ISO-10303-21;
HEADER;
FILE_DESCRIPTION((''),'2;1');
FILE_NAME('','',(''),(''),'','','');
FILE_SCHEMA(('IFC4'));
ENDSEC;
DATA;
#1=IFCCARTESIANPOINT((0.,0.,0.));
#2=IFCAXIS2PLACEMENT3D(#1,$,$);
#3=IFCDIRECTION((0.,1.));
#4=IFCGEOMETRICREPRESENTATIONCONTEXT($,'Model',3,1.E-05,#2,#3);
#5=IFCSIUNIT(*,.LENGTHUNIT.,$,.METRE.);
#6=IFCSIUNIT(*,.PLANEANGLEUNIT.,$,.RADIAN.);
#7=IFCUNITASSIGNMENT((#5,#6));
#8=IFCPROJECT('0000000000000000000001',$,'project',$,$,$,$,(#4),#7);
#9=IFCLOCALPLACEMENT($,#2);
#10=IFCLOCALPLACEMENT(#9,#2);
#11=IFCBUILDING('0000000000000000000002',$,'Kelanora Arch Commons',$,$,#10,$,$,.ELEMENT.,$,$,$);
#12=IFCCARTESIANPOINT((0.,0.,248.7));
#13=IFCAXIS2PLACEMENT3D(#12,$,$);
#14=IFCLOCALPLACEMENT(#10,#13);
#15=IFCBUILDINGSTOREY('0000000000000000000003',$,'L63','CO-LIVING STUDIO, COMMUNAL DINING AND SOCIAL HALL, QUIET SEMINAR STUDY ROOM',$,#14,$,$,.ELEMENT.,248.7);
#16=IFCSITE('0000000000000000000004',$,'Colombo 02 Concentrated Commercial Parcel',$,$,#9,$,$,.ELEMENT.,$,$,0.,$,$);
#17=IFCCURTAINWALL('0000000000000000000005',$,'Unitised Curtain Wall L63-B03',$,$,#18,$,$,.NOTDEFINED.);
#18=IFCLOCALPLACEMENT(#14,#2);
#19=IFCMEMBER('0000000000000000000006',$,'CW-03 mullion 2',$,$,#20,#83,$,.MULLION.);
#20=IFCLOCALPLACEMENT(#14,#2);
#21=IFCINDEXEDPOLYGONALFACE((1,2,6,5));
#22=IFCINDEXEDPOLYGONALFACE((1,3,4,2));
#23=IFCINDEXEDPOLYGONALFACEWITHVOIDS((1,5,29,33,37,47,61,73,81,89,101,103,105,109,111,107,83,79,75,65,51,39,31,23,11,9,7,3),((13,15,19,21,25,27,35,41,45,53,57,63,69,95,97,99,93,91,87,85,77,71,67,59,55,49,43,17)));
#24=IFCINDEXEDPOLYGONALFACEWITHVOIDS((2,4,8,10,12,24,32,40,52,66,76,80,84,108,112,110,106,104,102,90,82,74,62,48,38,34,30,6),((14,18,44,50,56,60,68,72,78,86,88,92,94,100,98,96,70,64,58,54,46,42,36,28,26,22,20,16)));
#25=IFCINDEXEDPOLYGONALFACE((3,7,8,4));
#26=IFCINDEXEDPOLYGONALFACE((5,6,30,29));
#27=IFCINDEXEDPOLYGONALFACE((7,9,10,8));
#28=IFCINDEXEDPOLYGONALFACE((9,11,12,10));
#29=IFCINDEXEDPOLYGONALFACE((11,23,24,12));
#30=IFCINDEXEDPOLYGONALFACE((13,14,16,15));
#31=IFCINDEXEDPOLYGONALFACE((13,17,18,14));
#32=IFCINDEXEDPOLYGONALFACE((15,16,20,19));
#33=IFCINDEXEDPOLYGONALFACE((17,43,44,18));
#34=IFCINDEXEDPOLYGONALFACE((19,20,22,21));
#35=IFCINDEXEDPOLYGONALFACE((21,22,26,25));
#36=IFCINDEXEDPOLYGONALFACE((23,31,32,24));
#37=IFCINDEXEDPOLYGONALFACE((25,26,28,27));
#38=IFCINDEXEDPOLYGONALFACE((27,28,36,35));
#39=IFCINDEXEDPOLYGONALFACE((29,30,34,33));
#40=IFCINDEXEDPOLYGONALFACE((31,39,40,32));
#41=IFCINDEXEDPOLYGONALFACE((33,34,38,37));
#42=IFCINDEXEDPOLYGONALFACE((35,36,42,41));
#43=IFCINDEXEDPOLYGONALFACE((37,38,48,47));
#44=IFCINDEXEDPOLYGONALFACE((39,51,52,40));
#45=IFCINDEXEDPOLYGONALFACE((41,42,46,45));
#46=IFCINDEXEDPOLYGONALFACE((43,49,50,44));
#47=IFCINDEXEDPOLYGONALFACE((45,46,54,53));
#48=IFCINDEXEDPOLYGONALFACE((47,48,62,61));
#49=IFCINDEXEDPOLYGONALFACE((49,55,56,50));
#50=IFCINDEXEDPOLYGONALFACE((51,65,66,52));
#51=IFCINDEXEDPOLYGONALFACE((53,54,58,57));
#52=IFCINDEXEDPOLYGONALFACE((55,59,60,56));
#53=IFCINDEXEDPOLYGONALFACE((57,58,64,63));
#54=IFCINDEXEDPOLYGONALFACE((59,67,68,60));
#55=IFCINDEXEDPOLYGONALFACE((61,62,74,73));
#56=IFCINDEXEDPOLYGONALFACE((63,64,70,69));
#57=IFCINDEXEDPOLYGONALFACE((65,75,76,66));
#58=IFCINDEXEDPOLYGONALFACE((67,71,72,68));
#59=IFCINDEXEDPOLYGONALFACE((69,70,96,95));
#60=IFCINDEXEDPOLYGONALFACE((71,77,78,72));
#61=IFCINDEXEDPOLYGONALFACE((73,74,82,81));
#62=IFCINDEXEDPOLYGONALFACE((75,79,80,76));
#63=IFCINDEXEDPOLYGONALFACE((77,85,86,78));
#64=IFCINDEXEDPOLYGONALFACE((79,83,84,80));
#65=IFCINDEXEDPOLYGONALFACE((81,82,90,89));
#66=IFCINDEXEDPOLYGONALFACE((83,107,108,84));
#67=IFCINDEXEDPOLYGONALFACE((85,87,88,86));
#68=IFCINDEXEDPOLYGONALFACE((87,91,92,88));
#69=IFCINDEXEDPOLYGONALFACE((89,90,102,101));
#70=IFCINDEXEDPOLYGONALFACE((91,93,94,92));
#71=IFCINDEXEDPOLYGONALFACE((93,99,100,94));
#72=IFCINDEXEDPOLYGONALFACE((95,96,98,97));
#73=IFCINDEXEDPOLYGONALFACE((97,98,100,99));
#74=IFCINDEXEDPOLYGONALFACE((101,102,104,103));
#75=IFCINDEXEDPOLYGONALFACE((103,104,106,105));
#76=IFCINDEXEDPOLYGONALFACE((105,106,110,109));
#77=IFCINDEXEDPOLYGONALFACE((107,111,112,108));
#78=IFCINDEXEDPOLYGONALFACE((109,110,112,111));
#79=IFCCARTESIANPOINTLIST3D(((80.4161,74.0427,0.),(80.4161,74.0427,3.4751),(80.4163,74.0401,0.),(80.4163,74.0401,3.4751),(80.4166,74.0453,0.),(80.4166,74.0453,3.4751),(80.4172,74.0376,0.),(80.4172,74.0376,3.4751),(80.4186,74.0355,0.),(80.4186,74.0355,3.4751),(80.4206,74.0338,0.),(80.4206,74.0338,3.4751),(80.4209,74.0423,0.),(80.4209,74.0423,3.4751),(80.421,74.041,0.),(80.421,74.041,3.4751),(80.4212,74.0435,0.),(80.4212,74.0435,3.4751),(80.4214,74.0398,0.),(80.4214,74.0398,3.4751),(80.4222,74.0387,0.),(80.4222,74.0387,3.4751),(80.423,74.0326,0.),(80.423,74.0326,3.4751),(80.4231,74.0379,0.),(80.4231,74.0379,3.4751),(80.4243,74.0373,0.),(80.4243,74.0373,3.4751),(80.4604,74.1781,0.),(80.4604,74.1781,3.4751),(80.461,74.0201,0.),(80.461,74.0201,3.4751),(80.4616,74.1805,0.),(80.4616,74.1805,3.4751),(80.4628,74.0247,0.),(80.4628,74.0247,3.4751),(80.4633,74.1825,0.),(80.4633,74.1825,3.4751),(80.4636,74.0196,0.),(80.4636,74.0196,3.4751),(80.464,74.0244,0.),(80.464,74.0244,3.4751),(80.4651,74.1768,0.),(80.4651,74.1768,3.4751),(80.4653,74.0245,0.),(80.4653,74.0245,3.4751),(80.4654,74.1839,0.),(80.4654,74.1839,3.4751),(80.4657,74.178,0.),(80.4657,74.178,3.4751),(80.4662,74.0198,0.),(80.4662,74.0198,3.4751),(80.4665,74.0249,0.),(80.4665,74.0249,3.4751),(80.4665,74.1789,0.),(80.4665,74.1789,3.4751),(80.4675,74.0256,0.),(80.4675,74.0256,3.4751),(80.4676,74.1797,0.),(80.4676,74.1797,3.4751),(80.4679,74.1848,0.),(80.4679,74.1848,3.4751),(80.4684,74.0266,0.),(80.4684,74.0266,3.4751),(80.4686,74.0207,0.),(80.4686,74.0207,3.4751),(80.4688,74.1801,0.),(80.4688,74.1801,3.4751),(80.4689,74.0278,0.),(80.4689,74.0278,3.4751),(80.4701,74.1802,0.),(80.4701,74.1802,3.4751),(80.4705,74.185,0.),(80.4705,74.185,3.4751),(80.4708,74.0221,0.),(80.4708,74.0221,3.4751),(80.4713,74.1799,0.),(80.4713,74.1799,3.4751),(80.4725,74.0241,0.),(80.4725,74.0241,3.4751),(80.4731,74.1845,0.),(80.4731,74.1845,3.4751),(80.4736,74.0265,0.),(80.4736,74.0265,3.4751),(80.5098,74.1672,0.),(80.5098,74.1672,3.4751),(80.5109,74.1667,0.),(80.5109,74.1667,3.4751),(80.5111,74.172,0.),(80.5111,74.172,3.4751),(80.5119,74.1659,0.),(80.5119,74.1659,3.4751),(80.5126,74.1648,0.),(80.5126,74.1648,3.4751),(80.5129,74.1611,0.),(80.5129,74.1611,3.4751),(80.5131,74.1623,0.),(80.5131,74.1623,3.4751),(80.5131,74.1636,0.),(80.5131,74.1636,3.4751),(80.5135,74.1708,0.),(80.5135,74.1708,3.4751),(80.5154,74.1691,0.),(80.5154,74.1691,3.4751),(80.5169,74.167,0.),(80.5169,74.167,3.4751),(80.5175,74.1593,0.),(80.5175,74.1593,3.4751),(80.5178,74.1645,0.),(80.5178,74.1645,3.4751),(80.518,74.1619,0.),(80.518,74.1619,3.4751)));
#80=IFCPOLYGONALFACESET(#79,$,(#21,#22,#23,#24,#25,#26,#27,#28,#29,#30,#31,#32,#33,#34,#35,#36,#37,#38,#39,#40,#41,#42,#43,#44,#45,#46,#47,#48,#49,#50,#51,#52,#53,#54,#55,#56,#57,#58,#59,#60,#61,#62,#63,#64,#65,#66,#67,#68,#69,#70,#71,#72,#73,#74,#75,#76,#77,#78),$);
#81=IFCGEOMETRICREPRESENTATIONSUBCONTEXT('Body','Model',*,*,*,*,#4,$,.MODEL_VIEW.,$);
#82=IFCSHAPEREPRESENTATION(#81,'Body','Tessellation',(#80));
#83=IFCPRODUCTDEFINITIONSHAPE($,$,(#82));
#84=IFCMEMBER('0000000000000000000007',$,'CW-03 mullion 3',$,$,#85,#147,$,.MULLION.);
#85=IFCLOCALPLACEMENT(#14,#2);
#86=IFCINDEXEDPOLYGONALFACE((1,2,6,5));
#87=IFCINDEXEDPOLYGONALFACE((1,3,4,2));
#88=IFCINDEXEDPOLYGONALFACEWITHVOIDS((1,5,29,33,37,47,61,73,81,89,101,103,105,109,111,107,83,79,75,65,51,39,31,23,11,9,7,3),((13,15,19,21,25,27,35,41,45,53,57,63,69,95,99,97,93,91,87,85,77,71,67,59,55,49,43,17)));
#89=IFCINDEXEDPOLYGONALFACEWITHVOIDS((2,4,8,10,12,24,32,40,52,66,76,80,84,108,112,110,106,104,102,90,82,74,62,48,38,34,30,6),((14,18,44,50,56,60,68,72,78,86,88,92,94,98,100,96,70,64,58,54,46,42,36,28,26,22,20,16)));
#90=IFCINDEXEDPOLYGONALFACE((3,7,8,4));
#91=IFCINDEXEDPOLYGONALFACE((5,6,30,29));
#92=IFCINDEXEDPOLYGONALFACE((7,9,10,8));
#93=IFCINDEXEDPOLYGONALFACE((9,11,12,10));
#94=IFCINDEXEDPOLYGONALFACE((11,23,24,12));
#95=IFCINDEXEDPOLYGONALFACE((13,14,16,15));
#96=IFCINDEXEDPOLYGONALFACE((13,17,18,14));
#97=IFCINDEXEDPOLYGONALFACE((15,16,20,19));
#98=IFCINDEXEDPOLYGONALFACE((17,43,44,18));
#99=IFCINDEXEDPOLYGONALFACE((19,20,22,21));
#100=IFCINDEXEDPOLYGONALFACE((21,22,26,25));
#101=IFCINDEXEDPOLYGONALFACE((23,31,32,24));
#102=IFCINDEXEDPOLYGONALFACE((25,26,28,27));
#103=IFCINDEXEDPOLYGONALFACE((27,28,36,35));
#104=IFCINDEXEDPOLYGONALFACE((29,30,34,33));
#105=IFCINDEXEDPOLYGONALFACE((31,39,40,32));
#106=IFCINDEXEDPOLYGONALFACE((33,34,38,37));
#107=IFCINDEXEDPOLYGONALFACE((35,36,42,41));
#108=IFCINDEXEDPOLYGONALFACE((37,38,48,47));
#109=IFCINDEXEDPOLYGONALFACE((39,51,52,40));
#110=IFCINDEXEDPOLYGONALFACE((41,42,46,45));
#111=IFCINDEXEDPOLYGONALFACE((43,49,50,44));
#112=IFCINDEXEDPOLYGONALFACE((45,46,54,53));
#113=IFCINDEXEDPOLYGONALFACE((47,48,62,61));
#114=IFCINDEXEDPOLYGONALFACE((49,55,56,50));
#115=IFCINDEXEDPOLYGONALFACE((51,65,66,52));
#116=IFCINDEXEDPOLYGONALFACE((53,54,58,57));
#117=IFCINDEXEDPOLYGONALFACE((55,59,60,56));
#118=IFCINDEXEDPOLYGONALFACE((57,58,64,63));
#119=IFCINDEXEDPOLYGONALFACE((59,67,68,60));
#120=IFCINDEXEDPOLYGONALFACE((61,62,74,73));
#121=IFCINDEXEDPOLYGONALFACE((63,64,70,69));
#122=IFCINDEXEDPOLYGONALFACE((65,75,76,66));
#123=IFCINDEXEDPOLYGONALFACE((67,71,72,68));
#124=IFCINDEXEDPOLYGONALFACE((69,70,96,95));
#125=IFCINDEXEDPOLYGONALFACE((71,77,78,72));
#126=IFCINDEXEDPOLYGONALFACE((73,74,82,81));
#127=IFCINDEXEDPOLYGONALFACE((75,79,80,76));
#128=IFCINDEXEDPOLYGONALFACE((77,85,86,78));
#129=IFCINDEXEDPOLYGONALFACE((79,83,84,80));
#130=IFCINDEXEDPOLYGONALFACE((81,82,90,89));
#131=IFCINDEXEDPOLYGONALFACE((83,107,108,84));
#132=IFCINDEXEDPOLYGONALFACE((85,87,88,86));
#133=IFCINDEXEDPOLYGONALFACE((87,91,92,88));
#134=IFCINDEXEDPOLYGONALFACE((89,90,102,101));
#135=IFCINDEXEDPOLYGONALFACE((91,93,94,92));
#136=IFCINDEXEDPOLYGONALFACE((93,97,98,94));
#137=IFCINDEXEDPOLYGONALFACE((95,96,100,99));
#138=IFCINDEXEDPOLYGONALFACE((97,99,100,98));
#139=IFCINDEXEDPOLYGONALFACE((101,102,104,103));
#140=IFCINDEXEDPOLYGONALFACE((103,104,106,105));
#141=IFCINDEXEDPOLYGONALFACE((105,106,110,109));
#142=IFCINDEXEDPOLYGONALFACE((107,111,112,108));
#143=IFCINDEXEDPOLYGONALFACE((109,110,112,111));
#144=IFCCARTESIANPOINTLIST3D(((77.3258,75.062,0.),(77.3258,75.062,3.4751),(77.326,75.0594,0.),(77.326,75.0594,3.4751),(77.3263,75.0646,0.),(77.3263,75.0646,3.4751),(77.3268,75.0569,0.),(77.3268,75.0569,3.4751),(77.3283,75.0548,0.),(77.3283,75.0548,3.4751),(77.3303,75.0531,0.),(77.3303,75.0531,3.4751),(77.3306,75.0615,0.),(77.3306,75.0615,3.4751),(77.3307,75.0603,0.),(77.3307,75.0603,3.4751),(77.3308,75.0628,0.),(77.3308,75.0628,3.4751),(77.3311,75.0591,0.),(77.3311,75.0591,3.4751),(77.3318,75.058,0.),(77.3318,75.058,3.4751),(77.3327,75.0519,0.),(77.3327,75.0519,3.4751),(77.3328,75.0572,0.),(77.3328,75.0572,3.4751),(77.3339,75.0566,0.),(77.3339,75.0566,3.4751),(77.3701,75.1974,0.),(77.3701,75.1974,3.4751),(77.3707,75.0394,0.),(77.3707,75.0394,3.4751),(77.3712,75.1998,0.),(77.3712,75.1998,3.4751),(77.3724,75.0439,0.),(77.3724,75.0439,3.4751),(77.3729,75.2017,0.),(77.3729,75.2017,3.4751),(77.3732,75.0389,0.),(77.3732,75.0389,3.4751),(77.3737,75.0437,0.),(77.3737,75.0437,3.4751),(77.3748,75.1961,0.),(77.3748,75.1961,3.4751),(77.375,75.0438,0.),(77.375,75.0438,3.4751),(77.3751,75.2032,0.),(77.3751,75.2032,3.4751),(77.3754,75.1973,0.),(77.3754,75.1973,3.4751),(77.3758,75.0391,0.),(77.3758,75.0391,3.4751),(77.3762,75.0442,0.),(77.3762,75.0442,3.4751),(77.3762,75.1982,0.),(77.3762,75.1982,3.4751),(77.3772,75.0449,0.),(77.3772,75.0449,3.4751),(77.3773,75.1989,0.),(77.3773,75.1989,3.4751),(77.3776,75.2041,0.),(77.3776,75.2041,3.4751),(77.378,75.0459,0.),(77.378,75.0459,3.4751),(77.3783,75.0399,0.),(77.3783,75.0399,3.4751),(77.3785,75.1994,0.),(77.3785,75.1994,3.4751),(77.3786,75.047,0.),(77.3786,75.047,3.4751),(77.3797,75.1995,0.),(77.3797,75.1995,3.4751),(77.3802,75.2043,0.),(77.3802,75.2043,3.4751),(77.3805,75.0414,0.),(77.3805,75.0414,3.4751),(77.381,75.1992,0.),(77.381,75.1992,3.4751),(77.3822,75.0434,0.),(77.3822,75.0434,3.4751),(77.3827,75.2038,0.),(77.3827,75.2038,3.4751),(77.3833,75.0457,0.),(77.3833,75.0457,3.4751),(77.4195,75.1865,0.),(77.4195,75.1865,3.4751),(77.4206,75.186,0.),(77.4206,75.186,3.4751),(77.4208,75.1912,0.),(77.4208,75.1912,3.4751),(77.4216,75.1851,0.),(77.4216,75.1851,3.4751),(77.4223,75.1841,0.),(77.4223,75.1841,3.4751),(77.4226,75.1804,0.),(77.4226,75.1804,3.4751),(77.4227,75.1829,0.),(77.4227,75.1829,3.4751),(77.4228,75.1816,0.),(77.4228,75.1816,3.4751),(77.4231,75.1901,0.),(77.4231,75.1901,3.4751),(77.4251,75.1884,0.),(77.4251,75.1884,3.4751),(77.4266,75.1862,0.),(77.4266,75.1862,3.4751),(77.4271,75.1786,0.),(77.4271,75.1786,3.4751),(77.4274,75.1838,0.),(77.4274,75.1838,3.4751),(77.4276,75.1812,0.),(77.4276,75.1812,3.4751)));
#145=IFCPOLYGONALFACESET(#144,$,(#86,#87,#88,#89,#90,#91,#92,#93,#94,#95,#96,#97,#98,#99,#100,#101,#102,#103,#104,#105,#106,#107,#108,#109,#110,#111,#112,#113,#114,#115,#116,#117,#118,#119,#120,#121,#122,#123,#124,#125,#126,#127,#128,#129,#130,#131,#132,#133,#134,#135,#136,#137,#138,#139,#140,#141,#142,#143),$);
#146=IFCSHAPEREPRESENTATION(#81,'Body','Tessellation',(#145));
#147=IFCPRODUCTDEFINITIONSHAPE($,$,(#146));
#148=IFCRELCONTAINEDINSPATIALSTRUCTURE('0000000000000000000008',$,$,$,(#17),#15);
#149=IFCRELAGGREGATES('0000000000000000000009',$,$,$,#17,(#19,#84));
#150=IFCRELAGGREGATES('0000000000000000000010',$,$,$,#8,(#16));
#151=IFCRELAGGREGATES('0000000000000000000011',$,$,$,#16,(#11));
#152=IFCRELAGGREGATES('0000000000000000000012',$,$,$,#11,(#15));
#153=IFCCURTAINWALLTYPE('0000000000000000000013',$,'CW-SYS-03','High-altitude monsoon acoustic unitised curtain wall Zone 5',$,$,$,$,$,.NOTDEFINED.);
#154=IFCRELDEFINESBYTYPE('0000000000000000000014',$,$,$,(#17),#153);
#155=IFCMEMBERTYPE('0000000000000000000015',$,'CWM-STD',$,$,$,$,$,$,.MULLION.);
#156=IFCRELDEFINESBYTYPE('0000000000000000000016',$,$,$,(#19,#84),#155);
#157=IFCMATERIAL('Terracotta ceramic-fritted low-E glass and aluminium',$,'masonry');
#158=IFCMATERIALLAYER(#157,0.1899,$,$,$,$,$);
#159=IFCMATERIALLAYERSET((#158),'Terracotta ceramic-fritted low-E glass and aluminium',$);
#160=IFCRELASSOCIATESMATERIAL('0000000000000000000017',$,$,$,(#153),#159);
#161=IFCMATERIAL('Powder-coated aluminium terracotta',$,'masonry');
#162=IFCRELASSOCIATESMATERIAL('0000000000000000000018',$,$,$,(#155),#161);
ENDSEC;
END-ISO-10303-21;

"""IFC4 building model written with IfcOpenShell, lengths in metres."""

from ifc_helpers import new_model, si_unit, direction, frame, origin, origin_2d, place, context, subcontext, project, spatial, hollow_rectangle, extrude, material, layer, layer_set, material_profile, profile_set, type_object, element, aggregate, save


model = new_model("IFC4")

# Units and contexts
model_context = context("Model", 3, precision=1e-05, world=origin(), true_north=direction((0.0, 1.0)))
body_context = subcontext(model_context, "Body", "Model", "MODEL_VIEW")
ifc_project = project(units=[si_unit("LENGTHUNIT", "METRE"), si_unit("PLANEANGLEUNIT", "RADIAN")], contexts=[model_context])

# Site, building, storey
site_placement = place(None, origin())
site = spatial("IfcSite", under=ifc_project, at=site_placement, Name="Colombo 02 Concentrated Commercial Parcel", CompositionType="ELEMENT", RefElevation=0.0)
building_placement = place(site_placement, origin())
building = spatial("IfcBuilding", under=site, at=building_placement, Name="Kelanora Arch Commons", CompositionType="ELEMENT")
storey_placement = place(building_placement, frame((0.0, 0.0, 248.7)))
storey = spatial("IfcBuildingStorey", under=building, at=storey_placement, Name="L63", Description="CO-LIVING STUDIO, COMMUNAL DINING AND SOCIAL HALL, QUIET SEMINAR STUDY ROOM", CompositionType="ELEMENT", Elevation=248.7)

# Curtain wall, members
ifc_material_1 = material(Name="Terracotta ceramic-fritted low-E glass and aluminium", Category="masonry")
ifc_layer_1 = layer(ifc_material_1, 0.1899)
ifc_layer_set_1 = layer_set([ifc_layer_1], Name="Terracotta ceramic-fritted low-E glass and aluminium")
curtain_wall_type = type_object("IfcCurtainWallType", Name="CW-SYS-03", Description="High-altitude monsoon acoustic unitised curtain wall Zone 5", PredefinedType="NOTDEFINED", material=ifc_layer_set_1)
curtain_wall_placement = place(storey_placement, origin())
curtain_wall = element("IfcCurtainWall", 1, at=curtain_wall_placement, inside=storey, type_object=curtain_wall_type, Name="Unitised Curtain Wall L63-B03", PredefinedType="NOTDEFINED")
ifc_material_2 = material(Name="Powder-coated aluminium terracotta", Category="masonry")
ifc_material_profile_1 = material_profile(ifc_material_2, hollow_rectangle(XDim=0.1599, YDim=0.0601, WallThickness=0.0049, InnerFilletRadius=0.0049, OuterFilletRadius=0.01, at=origin_2d()), Name="CWM160x60")
ifc_profile_set_1 = profile_set([ifc_material_profile_1], Name="Powder-coated aluminium terracotta")
member_type_1 = type_object("IfcMemberType", Name="CWM-STD", PredefinedType="MULLION", material=ifc_profile_set_1)
member_1_placement = place(storey_placement, frame((80.467, 74.1023, 0.0), z_axis=(0.0, 0.0, 1.0), x_axis=(-0.313253, -0.94967, 0.0)))
member_1 = element("IfcMember", 2, at=member_1_placement, type_object=member_type_1, Name="CW-03 mullion 2", PredefinedType="MULLION", context=body_context, shape_type="SweptSolid", body=[
    extrude(hollow_rectangle(XDim=0.1599, YDim=0.0601, WallThickness=0.0049, InnerFilletRadius=0.0049, OuterFilletRadius=0.01, at=origin_2d()), origin(), (0.0, 0.0, 1.0), 3.4751),
])
member_2_placement = place(storey_placement, frame((77.3767, 75.1216, 0.0), z_axis=(0.0, 0.0, 1.0), x_axis=(-0.313253, -0.94967, 0.0)))
member_2 = element("IfcMember", 3, at=member_2_placement, type_object=member_type_1, Name="CW-03 mullion 3", PredefinedType="MULLION", context=body_context, shape_type="SweptSolid", body=[
    extrude(hollow_rectangle(XDim=0.1599, YDim=0.0601, WallThickness=0.0049, InnerFilletRadius=0.0049, OuterFilletRadius=0.01, at=origin_2d()), origin(), (0.0, 0.0, 1.0), 3.4751),
])
aggregate(curtain_wall, [member_1, member_2])

save(model, "model.ifc")
